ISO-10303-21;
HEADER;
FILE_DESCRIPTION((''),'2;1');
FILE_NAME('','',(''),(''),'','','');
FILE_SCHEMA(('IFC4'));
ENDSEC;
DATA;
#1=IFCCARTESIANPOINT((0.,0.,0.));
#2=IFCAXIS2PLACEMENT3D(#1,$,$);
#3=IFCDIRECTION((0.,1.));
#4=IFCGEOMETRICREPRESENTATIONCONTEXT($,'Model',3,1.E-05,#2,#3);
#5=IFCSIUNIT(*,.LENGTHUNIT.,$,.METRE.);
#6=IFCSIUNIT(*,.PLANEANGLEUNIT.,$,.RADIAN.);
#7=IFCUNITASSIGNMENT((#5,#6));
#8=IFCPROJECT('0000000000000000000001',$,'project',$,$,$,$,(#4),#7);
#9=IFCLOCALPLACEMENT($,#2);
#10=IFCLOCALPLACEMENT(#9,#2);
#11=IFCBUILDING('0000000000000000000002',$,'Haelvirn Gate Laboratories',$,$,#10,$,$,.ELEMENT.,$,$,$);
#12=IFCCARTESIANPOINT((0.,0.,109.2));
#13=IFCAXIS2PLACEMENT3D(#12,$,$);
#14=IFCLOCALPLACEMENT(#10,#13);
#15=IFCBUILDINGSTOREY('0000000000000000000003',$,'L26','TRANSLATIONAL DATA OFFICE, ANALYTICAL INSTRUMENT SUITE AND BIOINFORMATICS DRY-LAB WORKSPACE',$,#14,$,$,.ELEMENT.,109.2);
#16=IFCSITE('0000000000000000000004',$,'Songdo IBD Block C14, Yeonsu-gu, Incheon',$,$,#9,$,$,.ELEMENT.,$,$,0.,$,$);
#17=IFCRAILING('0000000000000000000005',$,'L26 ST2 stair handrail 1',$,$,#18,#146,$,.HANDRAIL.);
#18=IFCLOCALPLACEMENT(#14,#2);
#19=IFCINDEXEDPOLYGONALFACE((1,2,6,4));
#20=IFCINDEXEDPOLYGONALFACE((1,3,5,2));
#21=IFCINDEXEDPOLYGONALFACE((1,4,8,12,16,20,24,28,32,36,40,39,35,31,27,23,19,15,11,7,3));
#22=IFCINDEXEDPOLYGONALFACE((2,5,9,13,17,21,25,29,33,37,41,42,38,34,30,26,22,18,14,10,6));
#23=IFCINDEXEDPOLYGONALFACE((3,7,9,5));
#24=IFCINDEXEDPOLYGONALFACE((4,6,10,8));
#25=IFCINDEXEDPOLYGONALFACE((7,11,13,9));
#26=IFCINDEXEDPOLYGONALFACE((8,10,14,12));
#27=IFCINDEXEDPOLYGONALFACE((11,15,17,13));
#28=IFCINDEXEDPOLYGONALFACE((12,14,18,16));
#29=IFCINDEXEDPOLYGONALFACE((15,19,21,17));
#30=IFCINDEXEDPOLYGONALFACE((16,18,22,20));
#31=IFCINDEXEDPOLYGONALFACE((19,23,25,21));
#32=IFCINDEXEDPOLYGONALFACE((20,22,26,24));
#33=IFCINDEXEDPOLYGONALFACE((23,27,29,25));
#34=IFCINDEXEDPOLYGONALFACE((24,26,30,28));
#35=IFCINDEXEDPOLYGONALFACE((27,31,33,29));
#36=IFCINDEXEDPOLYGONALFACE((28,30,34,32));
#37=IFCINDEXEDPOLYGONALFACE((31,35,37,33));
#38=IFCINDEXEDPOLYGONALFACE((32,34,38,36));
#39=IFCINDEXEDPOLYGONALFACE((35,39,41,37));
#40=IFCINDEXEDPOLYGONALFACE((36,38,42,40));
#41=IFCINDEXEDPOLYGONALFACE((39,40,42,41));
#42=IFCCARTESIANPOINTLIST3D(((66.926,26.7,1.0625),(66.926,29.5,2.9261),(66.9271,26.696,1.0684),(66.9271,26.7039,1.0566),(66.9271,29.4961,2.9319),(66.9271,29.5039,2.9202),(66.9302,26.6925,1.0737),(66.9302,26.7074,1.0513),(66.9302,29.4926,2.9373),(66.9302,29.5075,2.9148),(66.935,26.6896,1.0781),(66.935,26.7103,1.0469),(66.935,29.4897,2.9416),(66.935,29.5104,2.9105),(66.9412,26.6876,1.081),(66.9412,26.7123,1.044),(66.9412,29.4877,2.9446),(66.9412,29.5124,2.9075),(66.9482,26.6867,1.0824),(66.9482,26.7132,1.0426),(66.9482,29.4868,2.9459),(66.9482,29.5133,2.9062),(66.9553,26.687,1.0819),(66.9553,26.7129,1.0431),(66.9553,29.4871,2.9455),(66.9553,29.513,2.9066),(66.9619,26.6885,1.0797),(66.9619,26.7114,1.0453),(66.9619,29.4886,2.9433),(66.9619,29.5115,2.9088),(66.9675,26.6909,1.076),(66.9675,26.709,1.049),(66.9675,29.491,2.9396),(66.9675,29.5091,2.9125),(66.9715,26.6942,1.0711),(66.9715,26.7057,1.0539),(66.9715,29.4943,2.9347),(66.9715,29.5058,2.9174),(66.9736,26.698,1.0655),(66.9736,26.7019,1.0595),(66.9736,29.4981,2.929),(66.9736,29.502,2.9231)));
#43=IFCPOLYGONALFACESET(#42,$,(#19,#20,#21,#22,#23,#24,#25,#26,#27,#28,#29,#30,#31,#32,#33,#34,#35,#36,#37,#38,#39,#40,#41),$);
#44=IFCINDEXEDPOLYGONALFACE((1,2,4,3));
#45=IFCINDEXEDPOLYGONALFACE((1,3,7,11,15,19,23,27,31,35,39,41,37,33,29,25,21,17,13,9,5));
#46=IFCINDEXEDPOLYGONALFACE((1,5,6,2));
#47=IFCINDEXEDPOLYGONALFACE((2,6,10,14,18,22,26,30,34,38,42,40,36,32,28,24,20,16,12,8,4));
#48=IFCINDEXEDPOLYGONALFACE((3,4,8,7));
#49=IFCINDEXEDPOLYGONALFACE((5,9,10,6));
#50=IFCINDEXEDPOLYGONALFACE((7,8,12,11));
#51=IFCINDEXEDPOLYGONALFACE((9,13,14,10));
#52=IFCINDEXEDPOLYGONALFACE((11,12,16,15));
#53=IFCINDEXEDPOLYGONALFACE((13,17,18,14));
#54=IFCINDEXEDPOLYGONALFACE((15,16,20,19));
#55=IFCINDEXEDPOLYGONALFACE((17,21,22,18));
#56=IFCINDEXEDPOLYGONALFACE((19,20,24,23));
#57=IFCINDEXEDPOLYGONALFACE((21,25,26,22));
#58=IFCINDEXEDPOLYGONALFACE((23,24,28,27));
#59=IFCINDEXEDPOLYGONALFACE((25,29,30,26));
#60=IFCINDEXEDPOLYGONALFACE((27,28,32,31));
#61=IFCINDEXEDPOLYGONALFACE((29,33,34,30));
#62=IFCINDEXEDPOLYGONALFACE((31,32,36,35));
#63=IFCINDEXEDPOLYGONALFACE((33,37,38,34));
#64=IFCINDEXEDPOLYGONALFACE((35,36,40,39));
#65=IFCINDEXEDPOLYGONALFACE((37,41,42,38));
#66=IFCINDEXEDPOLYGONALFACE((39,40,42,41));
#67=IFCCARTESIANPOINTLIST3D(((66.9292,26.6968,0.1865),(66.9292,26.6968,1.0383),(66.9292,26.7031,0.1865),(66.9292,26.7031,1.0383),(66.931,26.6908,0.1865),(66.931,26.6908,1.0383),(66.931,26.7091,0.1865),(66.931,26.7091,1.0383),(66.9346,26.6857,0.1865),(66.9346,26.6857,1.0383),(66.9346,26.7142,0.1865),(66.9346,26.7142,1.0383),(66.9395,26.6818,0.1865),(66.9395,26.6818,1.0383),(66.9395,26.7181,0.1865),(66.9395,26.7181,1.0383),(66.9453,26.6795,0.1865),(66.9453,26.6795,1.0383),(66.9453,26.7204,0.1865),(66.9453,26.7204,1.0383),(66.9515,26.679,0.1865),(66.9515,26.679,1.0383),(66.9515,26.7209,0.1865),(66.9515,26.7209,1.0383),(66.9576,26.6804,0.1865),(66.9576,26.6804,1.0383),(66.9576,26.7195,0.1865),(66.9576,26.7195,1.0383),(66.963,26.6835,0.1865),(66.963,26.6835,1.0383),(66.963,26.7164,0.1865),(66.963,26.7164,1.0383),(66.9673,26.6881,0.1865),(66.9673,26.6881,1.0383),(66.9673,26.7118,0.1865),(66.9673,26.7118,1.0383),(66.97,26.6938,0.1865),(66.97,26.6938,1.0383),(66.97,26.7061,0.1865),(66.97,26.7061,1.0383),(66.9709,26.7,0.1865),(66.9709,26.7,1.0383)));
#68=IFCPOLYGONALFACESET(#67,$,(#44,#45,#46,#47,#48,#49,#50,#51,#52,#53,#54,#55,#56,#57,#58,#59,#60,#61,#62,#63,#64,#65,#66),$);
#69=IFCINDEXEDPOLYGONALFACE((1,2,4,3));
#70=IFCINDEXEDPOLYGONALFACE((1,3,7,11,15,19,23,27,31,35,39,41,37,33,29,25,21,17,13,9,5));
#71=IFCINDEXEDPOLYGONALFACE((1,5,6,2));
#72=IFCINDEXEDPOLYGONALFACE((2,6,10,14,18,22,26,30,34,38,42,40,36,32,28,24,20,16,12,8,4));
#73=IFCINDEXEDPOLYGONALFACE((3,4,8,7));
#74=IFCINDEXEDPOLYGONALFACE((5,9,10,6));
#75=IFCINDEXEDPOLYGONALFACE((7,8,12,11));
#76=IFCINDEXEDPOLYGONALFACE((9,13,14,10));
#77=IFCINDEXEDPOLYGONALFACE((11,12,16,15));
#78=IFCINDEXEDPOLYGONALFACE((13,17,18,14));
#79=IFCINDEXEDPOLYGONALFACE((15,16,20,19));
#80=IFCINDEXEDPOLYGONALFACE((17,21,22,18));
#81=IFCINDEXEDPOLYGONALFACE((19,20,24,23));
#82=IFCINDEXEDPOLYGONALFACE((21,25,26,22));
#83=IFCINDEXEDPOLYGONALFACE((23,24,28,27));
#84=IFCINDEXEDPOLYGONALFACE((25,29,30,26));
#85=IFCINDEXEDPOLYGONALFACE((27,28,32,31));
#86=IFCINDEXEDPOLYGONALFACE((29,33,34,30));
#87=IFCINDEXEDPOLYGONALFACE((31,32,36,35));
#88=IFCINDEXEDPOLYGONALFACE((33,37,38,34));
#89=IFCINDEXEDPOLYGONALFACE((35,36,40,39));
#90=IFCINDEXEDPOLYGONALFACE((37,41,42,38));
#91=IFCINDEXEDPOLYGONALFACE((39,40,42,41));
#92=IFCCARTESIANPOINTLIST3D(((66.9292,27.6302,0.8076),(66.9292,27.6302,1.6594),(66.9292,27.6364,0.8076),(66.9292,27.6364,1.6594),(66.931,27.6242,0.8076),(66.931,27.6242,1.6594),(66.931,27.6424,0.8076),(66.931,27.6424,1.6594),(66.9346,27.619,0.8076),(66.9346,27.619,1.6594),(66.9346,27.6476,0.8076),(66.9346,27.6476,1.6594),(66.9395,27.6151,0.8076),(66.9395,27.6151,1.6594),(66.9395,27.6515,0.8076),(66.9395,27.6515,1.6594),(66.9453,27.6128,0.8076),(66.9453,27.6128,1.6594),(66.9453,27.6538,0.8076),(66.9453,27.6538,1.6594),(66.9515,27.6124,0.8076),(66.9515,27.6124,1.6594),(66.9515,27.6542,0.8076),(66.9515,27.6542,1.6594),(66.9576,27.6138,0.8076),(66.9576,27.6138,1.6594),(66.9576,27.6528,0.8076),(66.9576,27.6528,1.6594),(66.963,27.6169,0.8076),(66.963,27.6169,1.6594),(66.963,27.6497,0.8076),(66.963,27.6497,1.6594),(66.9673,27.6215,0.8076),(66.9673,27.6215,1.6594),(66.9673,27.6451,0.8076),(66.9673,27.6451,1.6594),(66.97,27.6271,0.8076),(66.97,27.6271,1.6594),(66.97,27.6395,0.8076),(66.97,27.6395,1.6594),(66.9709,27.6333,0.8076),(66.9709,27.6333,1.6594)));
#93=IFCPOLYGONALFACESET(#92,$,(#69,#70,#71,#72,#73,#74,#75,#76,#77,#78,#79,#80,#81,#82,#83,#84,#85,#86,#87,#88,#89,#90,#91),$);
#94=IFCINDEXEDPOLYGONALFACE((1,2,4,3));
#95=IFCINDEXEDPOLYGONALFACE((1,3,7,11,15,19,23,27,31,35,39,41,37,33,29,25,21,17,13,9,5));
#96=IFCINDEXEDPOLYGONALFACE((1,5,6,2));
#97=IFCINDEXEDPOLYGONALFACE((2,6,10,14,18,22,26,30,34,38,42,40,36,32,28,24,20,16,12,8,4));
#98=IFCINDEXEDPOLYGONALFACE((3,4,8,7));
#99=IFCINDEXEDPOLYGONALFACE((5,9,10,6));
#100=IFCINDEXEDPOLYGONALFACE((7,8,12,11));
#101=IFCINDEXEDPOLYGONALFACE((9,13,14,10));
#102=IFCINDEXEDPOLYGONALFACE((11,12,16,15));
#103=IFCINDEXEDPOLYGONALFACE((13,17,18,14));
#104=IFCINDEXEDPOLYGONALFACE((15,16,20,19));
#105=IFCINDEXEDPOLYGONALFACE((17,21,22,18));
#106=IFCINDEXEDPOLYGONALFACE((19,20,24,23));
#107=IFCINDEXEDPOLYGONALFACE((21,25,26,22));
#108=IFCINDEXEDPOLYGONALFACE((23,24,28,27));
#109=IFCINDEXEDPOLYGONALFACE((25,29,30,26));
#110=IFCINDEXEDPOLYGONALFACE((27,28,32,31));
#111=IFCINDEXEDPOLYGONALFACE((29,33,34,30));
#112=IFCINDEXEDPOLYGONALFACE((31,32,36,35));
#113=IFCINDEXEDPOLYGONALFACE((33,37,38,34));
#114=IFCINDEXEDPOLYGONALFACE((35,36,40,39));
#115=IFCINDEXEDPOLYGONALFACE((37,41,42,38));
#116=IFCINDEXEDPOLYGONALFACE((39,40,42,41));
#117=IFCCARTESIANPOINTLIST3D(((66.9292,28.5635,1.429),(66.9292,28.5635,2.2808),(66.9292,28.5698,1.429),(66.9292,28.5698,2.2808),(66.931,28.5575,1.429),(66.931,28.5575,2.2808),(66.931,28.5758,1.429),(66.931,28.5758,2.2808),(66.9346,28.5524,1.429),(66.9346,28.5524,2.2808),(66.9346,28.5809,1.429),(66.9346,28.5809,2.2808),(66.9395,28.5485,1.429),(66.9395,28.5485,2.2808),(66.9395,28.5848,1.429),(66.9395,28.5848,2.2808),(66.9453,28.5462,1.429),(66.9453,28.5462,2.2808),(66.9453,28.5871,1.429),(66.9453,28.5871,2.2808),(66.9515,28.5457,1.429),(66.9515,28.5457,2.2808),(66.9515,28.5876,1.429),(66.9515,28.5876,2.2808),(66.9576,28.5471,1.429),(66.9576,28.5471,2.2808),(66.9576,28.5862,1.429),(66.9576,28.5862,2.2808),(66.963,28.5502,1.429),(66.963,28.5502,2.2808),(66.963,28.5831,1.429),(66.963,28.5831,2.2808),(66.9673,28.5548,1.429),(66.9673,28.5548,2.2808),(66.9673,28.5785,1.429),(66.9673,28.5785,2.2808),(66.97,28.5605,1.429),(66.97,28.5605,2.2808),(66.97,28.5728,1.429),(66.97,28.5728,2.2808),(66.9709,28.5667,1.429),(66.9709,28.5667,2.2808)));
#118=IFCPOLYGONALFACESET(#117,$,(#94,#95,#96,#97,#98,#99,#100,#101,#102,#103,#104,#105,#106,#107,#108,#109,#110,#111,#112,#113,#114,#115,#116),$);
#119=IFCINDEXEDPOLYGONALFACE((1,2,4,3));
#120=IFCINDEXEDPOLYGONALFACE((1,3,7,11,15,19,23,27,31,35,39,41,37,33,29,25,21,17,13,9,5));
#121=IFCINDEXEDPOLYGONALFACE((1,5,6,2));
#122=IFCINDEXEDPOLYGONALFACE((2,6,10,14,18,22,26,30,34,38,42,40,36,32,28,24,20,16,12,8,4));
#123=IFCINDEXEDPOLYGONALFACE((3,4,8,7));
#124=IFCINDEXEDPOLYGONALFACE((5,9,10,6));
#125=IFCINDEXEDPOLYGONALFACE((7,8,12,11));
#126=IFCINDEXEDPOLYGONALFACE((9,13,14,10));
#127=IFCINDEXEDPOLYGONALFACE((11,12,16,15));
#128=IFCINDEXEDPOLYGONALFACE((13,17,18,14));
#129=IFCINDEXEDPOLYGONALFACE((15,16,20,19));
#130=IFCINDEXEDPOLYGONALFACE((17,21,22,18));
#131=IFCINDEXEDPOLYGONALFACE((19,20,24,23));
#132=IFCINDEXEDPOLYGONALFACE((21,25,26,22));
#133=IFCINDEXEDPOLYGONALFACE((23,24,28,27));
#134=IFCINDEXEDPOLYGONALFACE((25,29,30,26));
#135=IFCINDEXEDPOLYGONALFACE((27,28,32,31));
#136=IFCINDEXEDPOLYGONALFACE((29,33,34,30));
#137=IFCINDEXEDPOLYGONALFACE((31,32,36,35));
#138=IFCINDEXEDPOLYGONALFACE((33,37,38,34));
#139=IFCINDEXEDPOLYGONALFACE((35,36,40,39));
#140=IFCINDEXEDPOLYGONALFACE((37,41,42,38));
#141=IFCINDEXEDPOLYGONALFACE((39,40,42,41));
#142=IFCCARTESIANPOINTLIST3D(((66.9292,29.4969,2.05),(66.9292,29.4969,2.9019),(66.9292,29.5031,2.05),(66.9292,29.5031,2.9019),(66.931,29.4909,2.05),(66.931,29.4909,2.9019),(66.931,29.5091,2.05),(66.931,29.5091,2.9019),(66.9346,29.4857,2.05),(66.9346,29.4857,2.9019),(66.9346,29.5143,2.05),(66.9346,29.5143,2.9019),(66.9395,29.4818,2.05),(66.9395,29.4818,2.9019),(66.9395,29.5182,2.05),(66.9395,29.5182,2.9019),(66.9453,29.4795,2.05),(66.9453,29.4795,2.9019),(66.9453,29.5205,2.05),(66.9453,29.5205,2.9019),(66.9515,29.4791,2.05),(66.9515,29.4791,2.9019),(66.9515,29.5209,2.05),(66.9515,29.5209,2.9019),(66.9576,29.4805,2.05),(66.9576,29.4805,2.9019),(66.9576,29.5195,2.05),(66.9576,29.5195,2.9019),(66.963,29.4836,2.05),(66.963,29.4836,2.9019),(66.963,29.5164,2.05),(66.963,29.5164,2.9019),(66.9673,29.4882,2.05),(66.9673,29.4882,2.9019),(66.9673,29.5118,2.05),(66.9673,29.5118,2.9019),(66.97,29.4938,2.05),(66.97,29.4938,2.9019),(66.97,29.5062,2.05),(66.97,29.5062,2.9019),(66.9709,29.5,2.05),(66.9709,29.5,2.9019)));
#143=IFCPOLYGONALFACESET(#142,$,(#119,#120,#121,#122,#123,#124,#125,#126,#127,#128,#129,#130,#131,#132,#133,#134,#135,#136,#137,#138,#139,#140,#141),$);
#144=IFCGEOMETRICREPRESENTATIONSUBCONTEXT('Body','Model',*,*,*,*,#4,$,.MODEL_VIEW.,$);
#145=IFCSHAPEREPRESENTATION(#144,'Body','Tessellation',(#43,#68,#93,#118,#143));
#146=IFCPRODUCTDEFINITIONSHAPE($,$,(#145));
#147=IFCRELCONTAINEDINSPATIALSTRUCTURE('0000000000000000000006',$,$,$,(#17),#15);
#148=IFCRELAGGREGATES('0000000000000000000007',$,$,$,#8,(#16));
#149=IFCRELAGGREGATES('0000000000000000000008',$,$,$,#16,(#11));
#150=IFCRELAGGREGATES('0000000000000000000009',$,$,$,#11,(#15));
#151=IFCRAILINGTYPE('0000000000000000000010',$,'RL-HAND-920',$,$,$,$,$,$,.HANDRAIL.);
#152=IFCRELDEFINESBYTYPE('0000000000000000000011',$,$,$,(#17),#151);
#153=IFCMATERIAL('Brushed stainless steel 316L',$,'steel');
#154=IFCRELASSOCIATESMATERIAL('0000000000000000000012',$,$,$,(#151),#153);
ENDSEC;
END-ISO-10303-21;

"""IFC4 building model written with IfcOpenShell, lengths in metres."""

from ifc_helpers import new_model, si_unit, direction, frame, origin, origin_2d, place, context, subcontext, project, spatial, circle, extrude, source, transform, mapped, material, type_object, element, save


model = new_model("IFC4")

# Units and contexts
model_context = context("Model", 3, precision=1e-05, world=origin(), true_north=direction((0.0, 1.0)))
body_context = subcontext(model_context, "Body", "Model", "MODEL_VIEW")
ifc_project = project(units=[si_unit("LENGTHUNIT", "METRE"), si_unit("PLANEANGLEUNIT", "RADIAN")], contexts=[model_context])

# Site, building, storey
site_placement = place(None, origin())
site = spatial("IfcSite", under=ifc_project, at=site_placement, Name="Songdo IBD Block C14, Yeonsu-gu, Incheon", CompositionType="ELEMENT", RefElevation=0.0)
building_placement = place(site_placement, origin())
building = spatial("IfcBuilding", under=site, at=building_placement, Name="Haelvirn Gate Laboratories", CompositionType="ELEMENT")
storey_placement = place(building_placement, frame((0.0, 0.0, 109.2)))
storey = spatial("IfcBuildingStorey", under=building, at=storey_placement, Name="L26", Description="TRANSLATIONAL DATA OFFICE, ANALYTICAL INSTRUMENT SUITE AND BIOINFORMATICS DRY-LAB WORKSPACE", CompositionType="ELEMENT", Elevation=109.2)

# Railing
ifc_material_1 = material(Name="Brushed stainless steel 316L", Category="steel")
railing_type_1 = type_object("IfcRailingType", Name="RL-HAND-920", PredefinedType="HANDRAIL", material=ifc_material_1)
shared_shape_1 = source(origin(), body_context, "Body", "SweptSolid", [
    extrude(circle(Radius=0.0239, at=origin_2d()), frame((0.0, 0.0, 0.876), z_axis=(0.0, 0.832486, 0.554047), x_axis=(-1.0, 0.0, 0.0)), (0.0, 0.0, 1.0), 3.3635),
    extrude(circle(Radius=0.021, at=origin_2d()), origin(), (0.0, 0.0, 1.0), 0.8518),
    extrude(circle(Radius=0.021, at=origin_2d()), frame((0.0, 0.9333, 0.6211)), (0.0, 0.0, 1.0), 0.8518),
    extrude(circle(Radius=0.021, at=origin_2d()), frame((0.0, 1.8667, 1.2424)), (0.0, 0.0, 1.0), 0.8518),
    extrude(circle(Radius=0.021, at=origin_2d()), frame((0.0, 2.8, 1.8635)), (0.0, 0.0, 1.0), 0.8518),
])
railing_1_placement = place(storey_placement, frame((66.95, 26.7, 0.1865)))
element("IfcRailing", 1, at=railing_1_placement, inside=storey, type_object=railing_type_1, Name="L26 ST2 stair handrail 1", PredefinedType="HANDRAIL", context=body_context, shape_type="MappedRepresentation", body=[
    mapped(shared_shape_1, transform((0.0, 0.0, 0.0), scale=1.0)),
])

save(model, "model.ifc")
